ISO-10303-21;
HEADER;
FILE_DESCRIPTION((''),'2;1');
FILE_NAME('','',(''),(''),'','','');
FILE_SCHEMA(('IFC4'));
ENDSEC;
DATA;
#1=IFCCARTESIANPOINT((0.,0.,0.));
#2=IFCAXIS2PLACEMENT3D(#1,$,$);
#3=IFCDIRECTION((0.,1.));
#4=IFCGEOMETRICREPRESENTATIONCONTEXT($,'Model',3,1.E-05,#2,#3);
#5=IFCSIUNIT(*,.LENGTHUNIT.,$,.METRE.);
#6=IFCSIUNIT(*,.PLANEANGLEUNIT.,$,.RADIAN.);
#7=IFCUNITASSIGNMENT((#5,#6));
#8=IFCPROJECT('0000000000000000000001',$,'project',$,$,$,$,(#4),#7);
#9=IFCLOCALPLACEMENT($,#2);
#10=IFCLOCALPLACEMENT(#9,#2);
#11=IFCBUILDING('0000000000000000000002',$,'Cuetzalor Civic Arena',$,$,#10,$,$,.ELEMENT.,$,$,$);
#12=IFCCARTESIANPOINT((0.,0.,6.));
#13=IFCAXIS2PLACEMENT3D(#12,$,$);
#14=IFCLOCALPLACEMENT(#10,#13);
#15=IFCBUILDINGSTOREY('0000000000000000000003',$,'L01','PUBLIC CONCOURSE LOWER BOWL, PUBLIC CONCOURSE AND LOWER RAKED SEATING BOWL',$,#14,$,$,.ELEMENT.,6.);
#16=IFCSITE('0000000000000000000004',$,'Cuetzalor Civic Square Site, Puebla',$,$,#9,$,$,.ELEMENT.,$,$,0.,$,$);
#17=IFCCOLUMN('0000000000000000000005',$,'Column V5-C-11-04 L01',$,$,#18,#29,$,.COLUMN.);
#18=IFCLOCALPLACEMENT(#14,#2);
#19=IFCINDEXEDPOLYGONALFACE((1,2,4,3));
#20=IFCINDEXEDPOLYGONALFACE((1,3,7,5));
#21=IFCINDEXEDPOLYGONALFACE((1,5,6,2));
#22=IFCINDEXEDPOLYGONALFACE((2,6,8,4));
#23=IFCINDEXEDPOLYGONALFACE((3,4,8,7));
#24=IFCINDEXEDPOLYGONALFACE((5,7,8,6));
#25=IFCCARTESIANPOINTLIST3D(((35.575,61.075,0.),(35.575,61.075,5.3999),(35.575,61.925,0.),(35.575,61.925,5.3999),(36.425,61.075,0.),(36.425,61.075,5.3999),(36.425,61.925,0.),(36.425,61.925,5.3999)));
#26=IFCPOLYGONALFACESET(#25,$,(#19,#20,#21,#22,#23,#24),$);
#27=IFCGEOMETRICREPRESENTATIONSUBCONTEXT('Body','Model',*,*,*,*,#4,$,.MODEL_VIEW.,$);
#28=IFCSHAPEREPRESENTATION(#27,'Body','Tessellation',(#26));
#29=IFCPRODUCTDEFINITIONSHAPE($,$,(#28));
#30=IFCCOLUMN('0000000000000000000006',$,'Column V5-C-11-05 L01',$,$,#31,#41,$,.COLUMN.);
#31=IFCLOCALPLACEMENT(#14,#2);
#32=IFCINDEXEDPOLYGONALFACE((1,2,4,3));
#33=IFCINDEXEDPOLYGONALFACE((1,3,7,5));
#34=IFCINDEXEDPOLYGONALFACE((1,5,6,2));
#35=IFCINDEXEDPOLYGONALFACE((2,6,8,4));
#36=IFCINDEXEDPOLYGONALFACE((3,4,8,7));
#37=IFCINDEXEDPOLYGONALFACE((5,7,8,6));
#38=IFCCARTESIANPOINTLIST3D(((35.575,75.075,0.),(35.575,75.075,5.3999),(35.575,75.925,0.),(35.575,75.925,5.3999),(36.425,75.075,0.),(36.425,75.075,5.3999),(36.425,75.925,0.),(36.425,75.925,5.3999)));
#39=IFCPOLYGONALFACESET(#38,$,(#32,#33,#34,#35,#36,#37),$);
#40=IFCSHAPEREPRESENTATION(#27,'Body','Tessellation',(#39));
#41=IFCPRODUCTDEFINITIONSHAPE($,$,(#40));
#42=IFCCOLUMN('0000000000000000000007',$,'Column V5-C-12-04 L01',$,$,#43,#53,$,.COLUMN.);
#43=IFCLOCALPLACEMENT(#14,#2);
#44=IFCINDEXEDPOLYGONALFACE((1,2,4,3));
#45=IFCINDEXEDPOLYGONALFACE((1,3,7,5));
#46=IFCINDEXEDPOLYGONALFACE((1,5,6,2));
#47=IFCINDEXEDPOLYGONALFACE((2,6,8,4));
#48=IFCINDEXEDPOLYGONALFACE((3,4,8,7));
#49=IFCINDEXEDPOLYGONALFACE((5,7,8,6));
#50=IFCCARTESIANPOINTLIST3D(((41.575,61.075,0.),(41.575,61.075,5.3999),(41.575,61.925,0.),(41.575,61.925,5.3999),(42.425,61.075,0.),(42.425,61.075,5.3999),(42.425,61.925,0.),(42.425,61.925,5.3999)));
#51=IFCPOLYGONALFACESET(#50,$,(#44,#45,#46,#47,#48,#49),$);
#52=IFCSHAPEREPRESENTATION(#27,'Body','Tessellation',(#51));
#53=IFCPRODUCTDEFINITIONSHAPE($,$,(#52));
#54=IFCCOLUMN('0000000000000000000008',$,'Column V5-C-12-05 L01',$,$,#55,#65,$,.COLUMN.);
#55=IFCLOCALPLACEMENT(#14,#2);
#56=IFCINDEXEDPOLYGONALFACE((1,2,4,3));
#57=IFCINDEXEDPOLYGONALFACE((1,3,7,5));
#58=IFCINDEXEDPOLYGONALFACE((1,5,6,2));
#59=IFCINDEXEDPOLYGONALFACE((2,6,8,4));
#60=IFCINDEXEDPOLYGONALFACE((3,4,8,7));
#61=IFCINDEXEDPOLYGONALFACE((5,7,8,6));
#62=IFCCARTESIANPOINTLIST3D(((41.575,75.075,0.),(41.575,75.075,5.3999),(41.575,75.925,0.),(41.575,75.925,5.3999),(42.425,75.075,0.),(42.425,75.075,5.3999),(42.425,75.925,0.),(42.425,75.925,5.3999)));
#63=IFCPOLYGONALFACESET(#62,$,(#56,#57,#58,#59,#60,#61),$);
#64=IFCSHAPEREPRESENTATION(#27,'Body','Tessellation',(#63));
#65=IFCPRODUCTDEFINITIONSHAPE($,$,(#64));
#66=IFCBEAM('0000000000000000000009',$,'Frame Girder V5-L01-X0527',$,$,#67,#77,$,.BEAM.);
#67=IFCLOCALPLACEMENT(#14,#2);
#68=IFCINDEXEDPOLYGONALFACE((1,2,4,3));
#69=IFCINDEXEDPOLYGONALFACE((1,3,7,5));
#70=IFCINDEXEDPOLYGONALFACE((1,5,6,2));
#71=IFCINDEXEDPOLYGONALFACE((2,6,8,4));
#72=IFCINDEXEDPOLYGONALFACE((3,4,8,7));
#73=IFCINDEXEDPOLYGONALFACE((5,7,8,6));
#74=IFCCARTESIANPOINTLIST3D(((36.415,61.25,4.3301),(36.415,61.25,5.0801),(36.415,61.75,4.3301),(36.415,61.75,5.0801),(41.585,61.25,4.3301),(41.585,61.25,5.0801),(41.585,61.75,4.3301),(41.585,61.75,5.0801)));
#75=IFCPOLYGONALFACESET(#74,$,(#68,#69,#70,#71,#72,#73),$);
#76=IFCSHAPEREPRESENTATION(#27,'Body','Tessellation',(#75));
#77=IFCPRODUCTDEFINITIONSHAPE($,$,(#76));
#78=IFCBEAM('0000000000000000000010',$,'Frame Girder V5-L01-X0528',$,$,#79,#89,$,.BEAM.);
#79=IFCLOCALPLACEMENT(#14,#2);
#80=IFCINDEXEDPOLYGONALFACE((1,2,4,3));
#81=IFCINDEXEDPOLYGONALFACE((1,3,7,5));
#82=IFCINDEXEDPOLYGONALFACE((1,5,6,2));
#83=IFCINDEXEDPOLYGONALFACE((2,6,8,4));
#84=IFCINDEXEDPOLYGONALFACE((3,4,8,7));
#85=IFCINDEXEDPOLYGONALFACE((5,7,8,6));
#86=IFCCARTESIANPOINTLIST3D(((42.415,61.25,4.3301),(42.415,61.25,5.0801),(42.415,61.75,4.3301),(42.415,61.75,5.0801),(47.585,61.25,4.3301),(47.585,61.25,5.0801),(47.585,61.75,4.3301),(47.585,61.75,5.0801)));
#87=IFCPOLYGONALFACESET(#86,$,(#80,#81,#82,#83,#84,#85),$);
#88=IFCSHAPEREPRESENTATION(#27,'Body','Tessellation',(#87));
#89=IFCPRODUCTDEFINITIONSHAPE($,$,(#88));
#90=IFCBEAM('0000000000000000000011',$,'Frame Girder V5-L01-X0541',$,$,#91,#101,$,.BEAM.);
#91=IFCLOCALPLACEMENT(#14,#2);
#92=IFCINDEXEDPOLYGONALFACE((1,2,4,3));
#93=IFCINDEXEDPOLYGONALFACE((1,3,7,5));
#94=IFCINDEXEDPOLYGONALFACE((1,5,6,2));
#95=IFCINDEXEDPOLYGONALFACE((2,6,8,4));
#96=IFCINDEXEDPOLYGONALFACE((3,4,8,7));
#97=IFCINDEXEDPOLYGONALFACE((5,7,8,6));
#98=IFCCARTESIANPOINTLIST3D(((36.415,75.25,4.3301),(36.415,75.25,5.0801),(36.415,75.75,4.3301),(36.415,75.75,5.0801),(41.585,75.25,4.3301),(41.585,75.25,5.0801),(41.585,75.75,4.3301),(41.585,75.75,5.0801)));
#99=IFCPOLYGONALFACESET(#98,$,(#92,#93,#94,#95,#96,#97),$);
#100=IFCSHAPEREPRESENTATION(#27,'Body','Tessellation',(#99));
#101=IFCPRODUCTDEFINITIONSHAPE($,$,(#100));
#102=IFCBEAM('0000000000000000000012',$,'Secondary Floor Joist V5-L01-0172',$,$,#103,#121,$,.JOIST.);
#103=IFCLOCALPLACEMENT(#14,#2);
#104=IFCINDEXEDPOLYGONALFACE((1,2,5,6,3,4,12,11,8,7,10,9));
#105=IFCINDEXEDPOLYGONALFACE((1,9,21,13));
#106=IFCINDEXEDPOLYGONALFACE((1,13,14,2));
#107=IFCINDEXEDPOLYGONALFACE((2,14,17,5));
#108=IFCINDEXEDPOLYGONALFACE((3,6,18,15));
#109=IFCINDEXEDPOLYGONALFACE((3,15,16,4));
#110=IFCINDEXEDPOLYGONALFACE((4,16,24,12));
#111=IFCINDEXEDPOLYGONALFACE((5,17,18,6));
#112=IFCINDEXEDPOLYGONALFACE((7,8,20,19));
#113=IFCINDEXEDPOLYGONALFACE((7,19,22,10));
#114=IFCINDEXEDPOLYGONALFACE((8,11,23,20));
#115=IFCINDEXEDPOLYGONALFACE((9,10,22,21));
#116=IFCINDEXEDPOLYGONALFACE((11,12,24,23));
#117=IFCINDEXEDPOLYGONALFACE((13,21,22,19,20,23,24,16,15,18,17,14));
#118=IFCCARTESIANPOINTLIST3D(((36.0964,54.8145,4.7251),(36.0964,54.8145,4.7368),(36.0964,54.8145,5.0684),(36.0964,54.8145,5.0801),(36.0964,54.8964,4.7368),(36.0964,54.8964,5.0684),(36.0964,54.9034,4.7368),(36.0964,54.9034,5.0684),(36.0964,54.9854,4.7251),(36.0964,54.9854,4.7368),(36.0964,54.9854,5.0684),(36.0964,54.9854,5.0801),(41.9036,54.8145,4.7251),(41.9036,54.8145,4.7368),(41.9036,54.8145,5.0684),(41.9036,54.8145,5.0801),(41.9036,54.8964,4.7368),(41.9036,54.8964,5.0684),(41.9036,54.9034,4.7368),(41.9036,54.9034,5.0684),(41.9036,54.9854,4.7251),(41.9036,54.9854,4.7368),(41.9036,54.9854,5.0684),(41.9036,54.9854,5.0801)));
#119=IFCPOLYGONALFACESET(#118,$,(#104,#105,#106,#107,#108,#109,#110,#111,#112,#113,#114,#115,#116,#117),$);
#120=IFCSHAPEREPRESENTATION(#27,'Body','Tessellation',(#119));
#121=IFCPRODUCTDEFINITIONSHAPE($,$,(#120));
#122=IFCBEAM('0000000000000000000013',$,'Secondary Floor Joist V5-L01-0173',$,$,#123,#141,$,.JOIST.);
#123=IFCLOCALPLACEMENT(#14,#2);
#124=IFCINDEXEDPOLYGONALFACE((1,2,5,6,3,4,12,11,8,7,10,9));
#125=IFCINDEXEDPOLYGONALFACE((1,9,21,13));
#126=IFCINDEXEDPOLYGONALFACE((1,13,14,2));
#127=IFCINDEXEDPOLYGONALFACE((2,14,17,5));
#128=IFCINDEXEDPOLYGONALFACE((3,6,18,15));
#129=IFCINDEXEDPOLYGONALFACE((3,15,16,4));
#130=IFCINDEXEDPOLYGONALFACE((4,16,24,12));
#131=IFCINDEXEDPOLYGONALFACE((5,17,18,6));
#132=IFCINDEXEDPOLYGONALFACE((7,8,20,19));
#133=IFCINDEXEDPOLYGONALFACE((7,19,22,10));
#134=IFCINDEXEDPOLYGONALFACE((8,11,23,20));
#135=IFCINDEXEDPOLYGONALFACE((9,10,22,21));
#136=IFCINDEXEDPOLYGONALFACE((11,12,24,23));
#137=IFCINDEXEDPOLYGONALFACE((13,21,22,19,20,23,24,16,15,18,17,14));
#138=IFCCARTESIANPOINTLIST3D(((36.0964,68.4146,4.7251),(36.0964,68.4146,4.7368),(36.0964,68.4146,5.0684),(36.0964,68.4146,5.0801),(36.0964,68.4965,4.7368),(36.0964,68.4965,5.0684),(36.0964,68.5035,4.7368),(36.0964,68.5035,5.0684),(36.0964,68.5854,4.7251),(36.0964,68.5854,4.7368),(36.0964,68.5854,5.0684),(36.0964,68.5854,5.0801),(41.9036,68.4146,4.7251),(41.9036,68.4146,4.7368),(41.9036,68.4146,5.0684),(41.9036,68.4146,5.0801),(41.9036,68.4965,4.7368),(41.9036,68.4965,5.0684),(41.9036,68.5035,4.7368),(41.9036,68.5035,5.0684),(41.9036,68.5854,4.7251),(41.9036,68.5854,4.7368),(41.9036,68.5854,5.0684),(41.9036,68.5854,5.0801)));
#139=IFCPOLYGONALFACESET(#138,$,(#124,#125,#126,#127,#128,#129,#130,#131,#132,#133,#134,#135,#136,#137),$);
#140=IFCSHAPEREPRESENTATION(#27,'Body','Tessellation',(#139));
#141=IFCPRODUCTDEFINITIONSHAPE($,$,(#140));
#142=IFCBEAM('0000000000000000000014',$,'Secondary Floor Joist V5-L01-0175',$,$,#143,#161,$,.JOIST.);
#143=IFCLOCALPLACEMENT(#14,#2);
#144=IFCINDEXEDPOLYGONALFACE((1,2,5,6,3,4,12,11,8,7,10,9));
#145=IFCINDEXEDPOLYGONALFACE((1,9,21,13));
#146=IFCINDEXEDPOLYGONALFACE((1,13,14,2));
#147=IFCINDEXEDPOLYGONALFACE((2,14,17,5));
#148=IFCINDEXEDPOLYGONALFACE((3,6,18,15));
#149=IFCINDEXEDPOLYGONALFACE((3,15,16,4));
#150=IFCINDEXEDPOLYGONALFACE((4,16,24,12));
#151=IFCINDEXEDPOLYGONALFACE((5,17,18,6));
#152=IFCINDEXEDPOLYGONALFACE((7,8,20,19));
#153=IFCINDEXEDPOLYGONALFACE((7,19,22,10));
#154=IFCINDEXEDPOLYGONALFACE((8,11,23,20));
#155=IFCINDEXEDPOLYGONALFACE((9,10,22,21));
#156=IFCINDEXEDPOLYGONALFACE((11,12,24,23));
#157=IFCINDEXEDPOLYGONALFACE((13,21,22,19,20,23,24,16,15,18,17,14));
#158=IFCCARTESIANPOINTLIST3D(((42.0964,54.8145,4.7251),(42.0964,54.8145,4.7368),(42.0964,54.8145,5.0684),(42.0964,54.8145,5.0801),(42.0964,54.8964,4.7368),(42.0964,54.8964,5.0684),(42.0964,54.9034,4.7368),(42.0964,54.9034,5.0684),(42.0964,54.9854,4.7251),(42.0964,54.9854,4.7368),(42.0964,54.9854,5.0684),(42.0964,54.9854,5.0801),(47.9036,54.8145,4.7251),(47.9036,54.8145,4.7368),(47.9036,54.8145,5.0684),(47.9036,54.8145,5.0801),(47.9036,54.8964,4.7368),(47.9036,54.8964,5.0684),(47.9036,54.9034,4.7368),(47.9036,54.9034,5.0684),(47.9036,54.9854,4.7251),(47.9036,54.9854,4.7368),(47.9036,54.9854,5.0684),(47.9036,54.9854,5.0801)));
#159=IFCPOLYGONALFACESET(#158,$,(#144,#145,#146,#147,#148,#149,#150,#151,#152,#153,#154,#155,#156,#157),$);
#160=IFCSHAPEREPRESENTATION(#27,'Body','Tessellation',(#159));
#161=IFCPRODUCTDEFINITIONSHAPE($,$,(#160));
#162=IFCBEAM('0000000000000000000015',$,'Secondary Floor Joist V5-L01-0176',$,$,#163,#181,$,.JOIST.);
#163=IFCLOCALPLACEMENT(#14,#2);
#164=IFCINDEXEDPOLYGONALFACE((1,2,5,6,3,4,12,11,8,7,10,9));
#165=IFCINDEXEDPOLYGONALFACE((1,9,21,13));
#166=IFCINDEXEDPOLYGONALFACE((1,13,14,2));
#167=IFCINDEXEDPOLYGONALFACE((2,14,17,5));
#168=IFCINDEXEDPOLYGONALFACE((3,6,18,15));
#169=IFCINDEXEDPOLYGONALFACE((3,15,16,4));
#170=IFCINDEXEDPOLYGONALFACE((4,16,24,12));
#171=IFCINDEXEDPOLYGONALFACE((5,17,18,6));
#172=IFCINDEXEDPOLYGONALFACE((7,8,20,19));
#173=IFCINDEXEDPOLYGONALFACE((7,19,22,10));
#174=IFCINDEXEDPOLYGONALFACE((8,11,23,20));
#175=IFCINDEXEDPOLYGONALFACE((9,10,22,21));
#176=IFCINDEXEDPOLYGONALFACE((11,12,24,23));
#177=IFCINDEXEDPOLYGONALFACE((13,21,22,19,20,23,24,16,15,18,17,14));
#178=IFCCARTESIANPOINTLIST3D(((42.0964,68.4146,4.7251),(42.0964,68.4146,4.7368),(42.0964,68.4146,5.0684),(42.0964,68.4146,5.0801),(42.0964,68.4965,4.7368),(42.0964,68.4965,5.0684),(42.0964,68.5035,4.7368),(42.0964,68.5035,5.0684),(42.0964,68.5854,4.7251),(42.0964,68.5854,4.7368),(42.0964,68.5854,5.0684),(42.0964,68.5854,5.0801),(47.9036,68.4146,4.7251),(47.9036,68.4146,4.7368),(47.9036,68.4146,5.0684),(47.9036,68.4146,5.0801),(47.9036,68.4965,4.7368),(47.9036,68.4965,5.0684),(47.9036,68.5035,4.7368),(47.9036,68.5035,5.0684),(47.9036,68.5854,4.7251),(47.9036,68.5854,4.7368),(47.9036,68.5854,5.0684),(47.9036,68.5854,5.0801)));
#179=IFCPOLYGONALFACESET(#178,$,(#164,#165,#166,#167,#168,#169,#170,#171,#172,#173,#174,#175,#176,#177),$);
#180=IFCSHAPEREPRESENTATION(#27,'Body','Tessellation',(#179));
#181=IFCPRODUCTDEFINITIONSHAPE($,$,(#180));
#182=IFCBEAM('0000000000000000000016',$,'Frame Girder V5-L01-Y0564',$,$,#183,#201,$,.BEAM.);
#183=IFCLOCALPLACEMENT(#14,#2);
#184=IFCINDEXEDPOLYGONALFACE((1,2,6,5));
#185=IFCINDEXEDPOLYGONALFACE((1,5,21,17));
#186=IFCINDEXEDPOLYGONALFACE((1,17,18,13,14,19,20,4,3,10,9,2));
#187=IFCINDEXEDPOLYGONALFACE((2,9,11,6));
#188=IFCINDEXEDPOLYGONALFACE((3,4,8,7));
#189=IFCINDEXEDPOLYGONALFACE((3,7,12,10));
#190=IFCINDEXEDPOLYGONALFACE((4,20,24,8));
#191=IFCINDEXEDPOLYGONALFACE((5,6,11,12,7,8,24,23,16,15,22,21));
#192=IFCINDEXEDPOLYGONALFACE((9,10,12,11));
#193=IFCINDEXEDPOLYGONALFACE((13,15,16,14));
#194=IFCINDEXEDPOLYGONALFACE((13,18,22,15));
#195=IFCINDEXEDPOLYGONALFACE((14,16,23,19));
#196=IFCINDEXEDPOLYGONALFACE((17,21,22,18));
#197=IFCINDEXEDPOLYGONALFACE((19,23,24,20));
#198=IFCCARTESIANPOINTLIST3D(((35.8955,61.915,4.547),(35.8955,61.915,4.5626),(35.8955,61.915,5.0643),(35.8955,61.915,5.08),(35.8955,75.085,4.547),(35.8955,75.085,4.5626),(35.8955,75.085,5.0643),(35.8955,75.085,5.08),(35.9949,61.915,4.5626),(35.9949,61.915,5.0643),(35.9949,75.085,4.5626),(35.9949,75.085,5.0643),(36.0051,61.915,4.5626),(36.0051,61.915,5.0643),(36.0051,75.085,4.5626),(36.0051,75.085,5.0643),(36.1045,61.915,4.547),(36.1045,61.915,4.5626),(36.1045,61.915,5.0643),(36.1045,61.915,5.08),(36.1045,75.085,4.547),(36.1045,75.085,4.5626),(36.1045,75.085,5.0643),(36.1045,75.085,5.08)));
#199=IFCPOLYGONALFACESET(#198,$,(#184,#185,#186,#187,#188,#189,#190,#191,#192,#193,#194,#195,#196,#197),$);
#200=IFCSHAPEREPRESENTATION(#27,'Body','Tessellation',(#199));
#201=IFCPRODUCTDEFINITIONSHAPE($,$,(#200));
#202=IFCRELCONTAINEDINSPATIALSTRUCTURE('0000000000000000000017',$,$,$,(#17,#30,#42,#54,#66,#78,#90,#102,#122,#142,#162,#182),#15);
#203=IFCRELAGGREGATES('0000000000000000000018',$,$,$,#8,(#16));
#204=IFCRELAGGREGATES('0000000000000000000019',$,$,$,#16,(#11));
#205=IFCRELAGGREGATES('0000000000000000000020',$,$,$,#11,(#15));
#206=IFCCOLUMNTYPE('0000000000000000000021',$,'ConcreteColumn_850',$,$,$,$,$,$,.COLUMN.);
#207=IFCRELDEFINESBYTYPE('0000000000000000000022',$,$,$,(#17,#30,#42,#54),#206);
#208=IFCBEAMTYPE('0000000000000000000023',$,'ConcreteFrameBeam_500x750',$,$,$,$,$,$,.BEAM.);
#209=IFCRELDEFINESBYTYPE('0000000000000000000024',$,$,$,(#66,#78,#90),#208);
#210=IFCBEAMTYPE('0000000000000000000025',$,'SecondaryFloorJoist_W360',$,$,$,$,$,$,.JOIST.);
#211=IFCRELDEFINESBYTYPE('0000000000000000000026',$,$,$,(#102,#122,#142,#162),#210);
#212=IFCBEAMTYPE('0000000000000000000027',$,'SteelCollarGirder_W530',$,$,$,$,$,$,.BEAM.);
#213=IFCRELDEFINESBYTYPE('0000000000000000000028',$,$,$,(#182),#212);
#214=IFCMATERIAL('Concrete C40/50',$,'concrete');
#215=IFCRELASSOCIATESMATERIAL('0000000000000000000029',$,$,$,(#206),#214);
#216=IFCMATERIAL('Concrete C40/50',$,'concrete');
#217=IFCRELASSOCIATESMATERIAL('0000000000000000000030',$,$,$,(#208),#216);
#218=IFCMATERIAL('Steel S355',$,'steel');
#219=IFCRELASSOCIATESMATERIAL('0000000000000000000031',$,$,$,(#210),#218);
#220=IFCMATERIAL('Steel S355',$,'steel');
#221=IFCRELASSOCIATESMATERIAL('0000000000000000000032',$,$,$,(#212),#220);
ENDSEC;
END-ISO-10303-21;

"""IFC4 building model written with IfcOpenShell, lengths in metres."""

from ifc_helpers import new_model, si_unit, direction, frame, origin, origin_2d, place, context, subcontext, project, spatial, rectangle, i_section, extrude, material, material_profile, profile_set, type_object, element, save


model = new_model("IFC4")

# Units and contexts
model_context = context("Model", 3, precision=1e-05, world=origin(), true_north=direction((0.0, 1.0)))
body_context = subcontext(model_context, "Body", "Model", "MODEL_VIEW")
ifc_project = project(units=[si_unit("LENGTHUNIT", "METRE"), si_unit("PLANEANGLEUNIT", "RADIAN")], contexts=[model_context])

# Site, building, storey
site_placement = place(None, origin())
site = spatial("IfcSite", under=ifc_project, at=site_placement, Name="Cuetzalor Civic Square Site, Puebla", CompositionType="ELEMENT", RefElevation=0.0)
building_placement = place(site_placement, origin())
building = spatial("IfcBuilding", under=site, at=building_placement, Name="Cuetzalor Civic Arena", CompositionType="ELEMENT")
storey_placement = place(building_placement, frame((0.0, 0.0, 6.0)))
storey = spatial("IfcBuildingStorey", under=building, at=storey_placement, Name="L01", Description="PUBLIC CONCOURSE LOWER BOWL, PUBLIC CONCOURSE AND LOWER RAKED SEATING BOWL", CompositionType="ELEMENT", Elevation=6.0)

# Columns
ifc_material_1 = material(Name="Concrete C40/50", Category="concrete")
ifc_material_profile_1 = material_profile(ifc_material_1, rectangle(XDim=0.8501, YDim=0.8501, at=origin_2d()), Name="RC 850x850")
ifc_profile_set_1 = profile_set([ifc_material_profile_1], Name="Concrete C40/50")
column_type = type_object("IfcColumnType", Name="ConcreteColumn_850", PredefinedType="COLUMN", material=ifc_profile_set_1)
for number, where, z_axis, x_axis, name in (
    (1, (36.0, 61.5, 0.0), (0.0, 0.0, 1.0), (1.0, 0.0, 0.0), "Column V5-C-11-04 L01"),
    (2, (36.0, 75.5, 0.0), (0.0, 0.0, 1.0), (1.0, 0.0, 0.0), "Column V5-C-11-05 L01"),
    (3, (42.0, 61.5, 0.0), (0.0, 0.0, 1.0), (1.0, 0.0, 0.0), "Column V5-C-12-04 L01"),
    (4, (42.0, 75.5, 0.0), (0.0, 0.0, 1.0), (1.0, 0.0, 0.0), "Column V5-C-12-05 L01"),
):
    element("IfcColumn", number, at=place(storey_placement, frame(where, z_axis=z_axis, x_axis=x_axis)), inside=storey, type_object=column_type, Name=name, PredefinedType="COLUMN", context=body_context, shape_type="SweptSolid", body=[
        extrude(rectangle(XDim=0.8501, YDim=0.8501, at=origin_2d()), origin(), (0.0, 0.0, 1.0), 5.3999),
    ])

# Beams
ifc_material_2 = material(Name="Concrete C40/50", Category="concrete")
ifc_material_profile_2 = material_profile(ifc_material_2, rectangle(XDim=0.5, YDim=0.75, at=origin_2d()), Name="RC 500x750")
ifc_profile_set_2 = profile_set([ifc_material_profile_2], Name="Concrete C40/50")
beam_type_1 = type_object("IfcBeamType", Name="ConcreteFrameBeam_500x750", PredefinedType="BEAM", material=ifc_profile_set_2)
for number, where, z_axis, x_axis, name in (
    (5, (36.415, 61.5, 4.7051), (1.0, 0.0, 0.0), (0.0, 1.0, 0.0), "Frame Girder V5-L01-X0527"),
    (6, (42.415, 61.5, 4.7051), (1.0, 0.0, 0.0), (0.0, 1.0, 0.0), "Frame Girder V5-L01-X0528"),
    (7, (36.415, 75.5, 4.7051), (1.0, 0.0, 0.0), (0.0, 1.0, 0.0), "Frame Girder V5-L01-X0541"),
):
    element("IfcBeam", number, at=place(storey_placement, frame(where, z_axis=z_axis, x_axis=x_axis)), inside=storey, type_object=beam_type_1, Name=name, PredefinedType="BEAM", context=body_context, shape_type="SweptSolid", body=[
        extrude(rectangle(XDim=0.5, YDim=0.75, at=origin_2d()), origin(), (0.0, 0.0, 1.0), 5.1699),
    ])
ifc_material_3 = material(Name="Steel S355", Category="steel")
ifc_material_profile_3 = material_profile(ifc_material_3, i_section(OverallWidth=0.1709, OverallDepth=0.355, WebThickness=0.0071, FlangeThickness=0.0117, at=origin_2d()), Name="W360x51")
ifc_profile_set_3 = profile_set([ifc_material_profile_3], Name="Steel S355")
beam_type_2 = type_object("IfcBeamType", Name="SecondaryFloorJoist_W360", PredefinedType="JOIST", material=ifc_profile_set_3)
for number, where, z_axis, x_axis, name in (
    (8, (36.0964, 54.8999, 4.9026), (1.0, 0.0, 0.0), (0.0, 1.0, 0.0), "Secondary Floor Joist V5-L01-0172"),
    (9, (36.0964, 68.5, 4.9026), (1.0, 0.0, 0.0), (0.0, 1.0, 0.0), "Secondary Floor Joist V5-L01-0173"),
    (10, (42.0964, 54.8999, 4.9026), (1.0, 0.0, 0.0), (0.0, 1.0, 0.0), "Secondary Floor Joist V5-L01-0175"),
    (11, (42.0964, 68.5, 4.9026), (1.0, 0.0, 0.0), (0.0, 1.0, 0.0), "Secondary Floor Joist V5-L01-0176"),
):
    element("IfcBeam", number, at=place(storey_placement, frame(where, z_axis=z_axis, x_axis=x_axis)), inside=storey, type_object=beam_type_2, Name=name, PredefinedType="JOIST", context=body_context, shape_type="SweptSolid", body=[
        extrude(i_section(OverallWidth=0.1709, OverallDepth=0.355, WebThickness=0.0071, FlangeThickness=0.0117, at=origin_2d()), origin(), (0.0, 0.0, 1.0), 5.8071),
    ])
ifc_material_4 = material(Name="Steel S355", Category="steel")
ifc_material_profile_4 = material_profile(ifc_material_4, i_section(OverallWidth=0.209, OverallDepth=0.533, WebThickness=0.0103, FlangeThickness=0.0156, at=origin_2d()), Name="W530x92")
ifc_profile_set_4 = profile_set([ifc_material_profile_4], Name="Steel S355")
beam_type_3 = type_object("IfcBeamType", Name="SteelCollarGirder_W530", PredefinedType="BEAM", material=ifc_profile_set_4)
beam_1_placement = place(storey_placement, frame((36.0, 61.915, 4.8135), z_axis=(0.0, 1.0, 0.0), x_axis=(-1.0, 0.0, 0.0)))
element("IfcBeam", 12, at=beam_1_placement, inside=storey, type_object=beam_type_3, Name="Frame Girder V5-L01-Y0564", PredefinedType="BEAM", context=body_context, shape_type="SweptSolid", body=[
    extrude(i_section(OverallWidth=0.209, OverallDepth=0.533, WebThickness=0.0103, FlangeThickness=0.0156, at=origin_2d()), origin(), (0.0, 0.0, 1.0), 13.1699),
])

save(model, "model.ifc")
